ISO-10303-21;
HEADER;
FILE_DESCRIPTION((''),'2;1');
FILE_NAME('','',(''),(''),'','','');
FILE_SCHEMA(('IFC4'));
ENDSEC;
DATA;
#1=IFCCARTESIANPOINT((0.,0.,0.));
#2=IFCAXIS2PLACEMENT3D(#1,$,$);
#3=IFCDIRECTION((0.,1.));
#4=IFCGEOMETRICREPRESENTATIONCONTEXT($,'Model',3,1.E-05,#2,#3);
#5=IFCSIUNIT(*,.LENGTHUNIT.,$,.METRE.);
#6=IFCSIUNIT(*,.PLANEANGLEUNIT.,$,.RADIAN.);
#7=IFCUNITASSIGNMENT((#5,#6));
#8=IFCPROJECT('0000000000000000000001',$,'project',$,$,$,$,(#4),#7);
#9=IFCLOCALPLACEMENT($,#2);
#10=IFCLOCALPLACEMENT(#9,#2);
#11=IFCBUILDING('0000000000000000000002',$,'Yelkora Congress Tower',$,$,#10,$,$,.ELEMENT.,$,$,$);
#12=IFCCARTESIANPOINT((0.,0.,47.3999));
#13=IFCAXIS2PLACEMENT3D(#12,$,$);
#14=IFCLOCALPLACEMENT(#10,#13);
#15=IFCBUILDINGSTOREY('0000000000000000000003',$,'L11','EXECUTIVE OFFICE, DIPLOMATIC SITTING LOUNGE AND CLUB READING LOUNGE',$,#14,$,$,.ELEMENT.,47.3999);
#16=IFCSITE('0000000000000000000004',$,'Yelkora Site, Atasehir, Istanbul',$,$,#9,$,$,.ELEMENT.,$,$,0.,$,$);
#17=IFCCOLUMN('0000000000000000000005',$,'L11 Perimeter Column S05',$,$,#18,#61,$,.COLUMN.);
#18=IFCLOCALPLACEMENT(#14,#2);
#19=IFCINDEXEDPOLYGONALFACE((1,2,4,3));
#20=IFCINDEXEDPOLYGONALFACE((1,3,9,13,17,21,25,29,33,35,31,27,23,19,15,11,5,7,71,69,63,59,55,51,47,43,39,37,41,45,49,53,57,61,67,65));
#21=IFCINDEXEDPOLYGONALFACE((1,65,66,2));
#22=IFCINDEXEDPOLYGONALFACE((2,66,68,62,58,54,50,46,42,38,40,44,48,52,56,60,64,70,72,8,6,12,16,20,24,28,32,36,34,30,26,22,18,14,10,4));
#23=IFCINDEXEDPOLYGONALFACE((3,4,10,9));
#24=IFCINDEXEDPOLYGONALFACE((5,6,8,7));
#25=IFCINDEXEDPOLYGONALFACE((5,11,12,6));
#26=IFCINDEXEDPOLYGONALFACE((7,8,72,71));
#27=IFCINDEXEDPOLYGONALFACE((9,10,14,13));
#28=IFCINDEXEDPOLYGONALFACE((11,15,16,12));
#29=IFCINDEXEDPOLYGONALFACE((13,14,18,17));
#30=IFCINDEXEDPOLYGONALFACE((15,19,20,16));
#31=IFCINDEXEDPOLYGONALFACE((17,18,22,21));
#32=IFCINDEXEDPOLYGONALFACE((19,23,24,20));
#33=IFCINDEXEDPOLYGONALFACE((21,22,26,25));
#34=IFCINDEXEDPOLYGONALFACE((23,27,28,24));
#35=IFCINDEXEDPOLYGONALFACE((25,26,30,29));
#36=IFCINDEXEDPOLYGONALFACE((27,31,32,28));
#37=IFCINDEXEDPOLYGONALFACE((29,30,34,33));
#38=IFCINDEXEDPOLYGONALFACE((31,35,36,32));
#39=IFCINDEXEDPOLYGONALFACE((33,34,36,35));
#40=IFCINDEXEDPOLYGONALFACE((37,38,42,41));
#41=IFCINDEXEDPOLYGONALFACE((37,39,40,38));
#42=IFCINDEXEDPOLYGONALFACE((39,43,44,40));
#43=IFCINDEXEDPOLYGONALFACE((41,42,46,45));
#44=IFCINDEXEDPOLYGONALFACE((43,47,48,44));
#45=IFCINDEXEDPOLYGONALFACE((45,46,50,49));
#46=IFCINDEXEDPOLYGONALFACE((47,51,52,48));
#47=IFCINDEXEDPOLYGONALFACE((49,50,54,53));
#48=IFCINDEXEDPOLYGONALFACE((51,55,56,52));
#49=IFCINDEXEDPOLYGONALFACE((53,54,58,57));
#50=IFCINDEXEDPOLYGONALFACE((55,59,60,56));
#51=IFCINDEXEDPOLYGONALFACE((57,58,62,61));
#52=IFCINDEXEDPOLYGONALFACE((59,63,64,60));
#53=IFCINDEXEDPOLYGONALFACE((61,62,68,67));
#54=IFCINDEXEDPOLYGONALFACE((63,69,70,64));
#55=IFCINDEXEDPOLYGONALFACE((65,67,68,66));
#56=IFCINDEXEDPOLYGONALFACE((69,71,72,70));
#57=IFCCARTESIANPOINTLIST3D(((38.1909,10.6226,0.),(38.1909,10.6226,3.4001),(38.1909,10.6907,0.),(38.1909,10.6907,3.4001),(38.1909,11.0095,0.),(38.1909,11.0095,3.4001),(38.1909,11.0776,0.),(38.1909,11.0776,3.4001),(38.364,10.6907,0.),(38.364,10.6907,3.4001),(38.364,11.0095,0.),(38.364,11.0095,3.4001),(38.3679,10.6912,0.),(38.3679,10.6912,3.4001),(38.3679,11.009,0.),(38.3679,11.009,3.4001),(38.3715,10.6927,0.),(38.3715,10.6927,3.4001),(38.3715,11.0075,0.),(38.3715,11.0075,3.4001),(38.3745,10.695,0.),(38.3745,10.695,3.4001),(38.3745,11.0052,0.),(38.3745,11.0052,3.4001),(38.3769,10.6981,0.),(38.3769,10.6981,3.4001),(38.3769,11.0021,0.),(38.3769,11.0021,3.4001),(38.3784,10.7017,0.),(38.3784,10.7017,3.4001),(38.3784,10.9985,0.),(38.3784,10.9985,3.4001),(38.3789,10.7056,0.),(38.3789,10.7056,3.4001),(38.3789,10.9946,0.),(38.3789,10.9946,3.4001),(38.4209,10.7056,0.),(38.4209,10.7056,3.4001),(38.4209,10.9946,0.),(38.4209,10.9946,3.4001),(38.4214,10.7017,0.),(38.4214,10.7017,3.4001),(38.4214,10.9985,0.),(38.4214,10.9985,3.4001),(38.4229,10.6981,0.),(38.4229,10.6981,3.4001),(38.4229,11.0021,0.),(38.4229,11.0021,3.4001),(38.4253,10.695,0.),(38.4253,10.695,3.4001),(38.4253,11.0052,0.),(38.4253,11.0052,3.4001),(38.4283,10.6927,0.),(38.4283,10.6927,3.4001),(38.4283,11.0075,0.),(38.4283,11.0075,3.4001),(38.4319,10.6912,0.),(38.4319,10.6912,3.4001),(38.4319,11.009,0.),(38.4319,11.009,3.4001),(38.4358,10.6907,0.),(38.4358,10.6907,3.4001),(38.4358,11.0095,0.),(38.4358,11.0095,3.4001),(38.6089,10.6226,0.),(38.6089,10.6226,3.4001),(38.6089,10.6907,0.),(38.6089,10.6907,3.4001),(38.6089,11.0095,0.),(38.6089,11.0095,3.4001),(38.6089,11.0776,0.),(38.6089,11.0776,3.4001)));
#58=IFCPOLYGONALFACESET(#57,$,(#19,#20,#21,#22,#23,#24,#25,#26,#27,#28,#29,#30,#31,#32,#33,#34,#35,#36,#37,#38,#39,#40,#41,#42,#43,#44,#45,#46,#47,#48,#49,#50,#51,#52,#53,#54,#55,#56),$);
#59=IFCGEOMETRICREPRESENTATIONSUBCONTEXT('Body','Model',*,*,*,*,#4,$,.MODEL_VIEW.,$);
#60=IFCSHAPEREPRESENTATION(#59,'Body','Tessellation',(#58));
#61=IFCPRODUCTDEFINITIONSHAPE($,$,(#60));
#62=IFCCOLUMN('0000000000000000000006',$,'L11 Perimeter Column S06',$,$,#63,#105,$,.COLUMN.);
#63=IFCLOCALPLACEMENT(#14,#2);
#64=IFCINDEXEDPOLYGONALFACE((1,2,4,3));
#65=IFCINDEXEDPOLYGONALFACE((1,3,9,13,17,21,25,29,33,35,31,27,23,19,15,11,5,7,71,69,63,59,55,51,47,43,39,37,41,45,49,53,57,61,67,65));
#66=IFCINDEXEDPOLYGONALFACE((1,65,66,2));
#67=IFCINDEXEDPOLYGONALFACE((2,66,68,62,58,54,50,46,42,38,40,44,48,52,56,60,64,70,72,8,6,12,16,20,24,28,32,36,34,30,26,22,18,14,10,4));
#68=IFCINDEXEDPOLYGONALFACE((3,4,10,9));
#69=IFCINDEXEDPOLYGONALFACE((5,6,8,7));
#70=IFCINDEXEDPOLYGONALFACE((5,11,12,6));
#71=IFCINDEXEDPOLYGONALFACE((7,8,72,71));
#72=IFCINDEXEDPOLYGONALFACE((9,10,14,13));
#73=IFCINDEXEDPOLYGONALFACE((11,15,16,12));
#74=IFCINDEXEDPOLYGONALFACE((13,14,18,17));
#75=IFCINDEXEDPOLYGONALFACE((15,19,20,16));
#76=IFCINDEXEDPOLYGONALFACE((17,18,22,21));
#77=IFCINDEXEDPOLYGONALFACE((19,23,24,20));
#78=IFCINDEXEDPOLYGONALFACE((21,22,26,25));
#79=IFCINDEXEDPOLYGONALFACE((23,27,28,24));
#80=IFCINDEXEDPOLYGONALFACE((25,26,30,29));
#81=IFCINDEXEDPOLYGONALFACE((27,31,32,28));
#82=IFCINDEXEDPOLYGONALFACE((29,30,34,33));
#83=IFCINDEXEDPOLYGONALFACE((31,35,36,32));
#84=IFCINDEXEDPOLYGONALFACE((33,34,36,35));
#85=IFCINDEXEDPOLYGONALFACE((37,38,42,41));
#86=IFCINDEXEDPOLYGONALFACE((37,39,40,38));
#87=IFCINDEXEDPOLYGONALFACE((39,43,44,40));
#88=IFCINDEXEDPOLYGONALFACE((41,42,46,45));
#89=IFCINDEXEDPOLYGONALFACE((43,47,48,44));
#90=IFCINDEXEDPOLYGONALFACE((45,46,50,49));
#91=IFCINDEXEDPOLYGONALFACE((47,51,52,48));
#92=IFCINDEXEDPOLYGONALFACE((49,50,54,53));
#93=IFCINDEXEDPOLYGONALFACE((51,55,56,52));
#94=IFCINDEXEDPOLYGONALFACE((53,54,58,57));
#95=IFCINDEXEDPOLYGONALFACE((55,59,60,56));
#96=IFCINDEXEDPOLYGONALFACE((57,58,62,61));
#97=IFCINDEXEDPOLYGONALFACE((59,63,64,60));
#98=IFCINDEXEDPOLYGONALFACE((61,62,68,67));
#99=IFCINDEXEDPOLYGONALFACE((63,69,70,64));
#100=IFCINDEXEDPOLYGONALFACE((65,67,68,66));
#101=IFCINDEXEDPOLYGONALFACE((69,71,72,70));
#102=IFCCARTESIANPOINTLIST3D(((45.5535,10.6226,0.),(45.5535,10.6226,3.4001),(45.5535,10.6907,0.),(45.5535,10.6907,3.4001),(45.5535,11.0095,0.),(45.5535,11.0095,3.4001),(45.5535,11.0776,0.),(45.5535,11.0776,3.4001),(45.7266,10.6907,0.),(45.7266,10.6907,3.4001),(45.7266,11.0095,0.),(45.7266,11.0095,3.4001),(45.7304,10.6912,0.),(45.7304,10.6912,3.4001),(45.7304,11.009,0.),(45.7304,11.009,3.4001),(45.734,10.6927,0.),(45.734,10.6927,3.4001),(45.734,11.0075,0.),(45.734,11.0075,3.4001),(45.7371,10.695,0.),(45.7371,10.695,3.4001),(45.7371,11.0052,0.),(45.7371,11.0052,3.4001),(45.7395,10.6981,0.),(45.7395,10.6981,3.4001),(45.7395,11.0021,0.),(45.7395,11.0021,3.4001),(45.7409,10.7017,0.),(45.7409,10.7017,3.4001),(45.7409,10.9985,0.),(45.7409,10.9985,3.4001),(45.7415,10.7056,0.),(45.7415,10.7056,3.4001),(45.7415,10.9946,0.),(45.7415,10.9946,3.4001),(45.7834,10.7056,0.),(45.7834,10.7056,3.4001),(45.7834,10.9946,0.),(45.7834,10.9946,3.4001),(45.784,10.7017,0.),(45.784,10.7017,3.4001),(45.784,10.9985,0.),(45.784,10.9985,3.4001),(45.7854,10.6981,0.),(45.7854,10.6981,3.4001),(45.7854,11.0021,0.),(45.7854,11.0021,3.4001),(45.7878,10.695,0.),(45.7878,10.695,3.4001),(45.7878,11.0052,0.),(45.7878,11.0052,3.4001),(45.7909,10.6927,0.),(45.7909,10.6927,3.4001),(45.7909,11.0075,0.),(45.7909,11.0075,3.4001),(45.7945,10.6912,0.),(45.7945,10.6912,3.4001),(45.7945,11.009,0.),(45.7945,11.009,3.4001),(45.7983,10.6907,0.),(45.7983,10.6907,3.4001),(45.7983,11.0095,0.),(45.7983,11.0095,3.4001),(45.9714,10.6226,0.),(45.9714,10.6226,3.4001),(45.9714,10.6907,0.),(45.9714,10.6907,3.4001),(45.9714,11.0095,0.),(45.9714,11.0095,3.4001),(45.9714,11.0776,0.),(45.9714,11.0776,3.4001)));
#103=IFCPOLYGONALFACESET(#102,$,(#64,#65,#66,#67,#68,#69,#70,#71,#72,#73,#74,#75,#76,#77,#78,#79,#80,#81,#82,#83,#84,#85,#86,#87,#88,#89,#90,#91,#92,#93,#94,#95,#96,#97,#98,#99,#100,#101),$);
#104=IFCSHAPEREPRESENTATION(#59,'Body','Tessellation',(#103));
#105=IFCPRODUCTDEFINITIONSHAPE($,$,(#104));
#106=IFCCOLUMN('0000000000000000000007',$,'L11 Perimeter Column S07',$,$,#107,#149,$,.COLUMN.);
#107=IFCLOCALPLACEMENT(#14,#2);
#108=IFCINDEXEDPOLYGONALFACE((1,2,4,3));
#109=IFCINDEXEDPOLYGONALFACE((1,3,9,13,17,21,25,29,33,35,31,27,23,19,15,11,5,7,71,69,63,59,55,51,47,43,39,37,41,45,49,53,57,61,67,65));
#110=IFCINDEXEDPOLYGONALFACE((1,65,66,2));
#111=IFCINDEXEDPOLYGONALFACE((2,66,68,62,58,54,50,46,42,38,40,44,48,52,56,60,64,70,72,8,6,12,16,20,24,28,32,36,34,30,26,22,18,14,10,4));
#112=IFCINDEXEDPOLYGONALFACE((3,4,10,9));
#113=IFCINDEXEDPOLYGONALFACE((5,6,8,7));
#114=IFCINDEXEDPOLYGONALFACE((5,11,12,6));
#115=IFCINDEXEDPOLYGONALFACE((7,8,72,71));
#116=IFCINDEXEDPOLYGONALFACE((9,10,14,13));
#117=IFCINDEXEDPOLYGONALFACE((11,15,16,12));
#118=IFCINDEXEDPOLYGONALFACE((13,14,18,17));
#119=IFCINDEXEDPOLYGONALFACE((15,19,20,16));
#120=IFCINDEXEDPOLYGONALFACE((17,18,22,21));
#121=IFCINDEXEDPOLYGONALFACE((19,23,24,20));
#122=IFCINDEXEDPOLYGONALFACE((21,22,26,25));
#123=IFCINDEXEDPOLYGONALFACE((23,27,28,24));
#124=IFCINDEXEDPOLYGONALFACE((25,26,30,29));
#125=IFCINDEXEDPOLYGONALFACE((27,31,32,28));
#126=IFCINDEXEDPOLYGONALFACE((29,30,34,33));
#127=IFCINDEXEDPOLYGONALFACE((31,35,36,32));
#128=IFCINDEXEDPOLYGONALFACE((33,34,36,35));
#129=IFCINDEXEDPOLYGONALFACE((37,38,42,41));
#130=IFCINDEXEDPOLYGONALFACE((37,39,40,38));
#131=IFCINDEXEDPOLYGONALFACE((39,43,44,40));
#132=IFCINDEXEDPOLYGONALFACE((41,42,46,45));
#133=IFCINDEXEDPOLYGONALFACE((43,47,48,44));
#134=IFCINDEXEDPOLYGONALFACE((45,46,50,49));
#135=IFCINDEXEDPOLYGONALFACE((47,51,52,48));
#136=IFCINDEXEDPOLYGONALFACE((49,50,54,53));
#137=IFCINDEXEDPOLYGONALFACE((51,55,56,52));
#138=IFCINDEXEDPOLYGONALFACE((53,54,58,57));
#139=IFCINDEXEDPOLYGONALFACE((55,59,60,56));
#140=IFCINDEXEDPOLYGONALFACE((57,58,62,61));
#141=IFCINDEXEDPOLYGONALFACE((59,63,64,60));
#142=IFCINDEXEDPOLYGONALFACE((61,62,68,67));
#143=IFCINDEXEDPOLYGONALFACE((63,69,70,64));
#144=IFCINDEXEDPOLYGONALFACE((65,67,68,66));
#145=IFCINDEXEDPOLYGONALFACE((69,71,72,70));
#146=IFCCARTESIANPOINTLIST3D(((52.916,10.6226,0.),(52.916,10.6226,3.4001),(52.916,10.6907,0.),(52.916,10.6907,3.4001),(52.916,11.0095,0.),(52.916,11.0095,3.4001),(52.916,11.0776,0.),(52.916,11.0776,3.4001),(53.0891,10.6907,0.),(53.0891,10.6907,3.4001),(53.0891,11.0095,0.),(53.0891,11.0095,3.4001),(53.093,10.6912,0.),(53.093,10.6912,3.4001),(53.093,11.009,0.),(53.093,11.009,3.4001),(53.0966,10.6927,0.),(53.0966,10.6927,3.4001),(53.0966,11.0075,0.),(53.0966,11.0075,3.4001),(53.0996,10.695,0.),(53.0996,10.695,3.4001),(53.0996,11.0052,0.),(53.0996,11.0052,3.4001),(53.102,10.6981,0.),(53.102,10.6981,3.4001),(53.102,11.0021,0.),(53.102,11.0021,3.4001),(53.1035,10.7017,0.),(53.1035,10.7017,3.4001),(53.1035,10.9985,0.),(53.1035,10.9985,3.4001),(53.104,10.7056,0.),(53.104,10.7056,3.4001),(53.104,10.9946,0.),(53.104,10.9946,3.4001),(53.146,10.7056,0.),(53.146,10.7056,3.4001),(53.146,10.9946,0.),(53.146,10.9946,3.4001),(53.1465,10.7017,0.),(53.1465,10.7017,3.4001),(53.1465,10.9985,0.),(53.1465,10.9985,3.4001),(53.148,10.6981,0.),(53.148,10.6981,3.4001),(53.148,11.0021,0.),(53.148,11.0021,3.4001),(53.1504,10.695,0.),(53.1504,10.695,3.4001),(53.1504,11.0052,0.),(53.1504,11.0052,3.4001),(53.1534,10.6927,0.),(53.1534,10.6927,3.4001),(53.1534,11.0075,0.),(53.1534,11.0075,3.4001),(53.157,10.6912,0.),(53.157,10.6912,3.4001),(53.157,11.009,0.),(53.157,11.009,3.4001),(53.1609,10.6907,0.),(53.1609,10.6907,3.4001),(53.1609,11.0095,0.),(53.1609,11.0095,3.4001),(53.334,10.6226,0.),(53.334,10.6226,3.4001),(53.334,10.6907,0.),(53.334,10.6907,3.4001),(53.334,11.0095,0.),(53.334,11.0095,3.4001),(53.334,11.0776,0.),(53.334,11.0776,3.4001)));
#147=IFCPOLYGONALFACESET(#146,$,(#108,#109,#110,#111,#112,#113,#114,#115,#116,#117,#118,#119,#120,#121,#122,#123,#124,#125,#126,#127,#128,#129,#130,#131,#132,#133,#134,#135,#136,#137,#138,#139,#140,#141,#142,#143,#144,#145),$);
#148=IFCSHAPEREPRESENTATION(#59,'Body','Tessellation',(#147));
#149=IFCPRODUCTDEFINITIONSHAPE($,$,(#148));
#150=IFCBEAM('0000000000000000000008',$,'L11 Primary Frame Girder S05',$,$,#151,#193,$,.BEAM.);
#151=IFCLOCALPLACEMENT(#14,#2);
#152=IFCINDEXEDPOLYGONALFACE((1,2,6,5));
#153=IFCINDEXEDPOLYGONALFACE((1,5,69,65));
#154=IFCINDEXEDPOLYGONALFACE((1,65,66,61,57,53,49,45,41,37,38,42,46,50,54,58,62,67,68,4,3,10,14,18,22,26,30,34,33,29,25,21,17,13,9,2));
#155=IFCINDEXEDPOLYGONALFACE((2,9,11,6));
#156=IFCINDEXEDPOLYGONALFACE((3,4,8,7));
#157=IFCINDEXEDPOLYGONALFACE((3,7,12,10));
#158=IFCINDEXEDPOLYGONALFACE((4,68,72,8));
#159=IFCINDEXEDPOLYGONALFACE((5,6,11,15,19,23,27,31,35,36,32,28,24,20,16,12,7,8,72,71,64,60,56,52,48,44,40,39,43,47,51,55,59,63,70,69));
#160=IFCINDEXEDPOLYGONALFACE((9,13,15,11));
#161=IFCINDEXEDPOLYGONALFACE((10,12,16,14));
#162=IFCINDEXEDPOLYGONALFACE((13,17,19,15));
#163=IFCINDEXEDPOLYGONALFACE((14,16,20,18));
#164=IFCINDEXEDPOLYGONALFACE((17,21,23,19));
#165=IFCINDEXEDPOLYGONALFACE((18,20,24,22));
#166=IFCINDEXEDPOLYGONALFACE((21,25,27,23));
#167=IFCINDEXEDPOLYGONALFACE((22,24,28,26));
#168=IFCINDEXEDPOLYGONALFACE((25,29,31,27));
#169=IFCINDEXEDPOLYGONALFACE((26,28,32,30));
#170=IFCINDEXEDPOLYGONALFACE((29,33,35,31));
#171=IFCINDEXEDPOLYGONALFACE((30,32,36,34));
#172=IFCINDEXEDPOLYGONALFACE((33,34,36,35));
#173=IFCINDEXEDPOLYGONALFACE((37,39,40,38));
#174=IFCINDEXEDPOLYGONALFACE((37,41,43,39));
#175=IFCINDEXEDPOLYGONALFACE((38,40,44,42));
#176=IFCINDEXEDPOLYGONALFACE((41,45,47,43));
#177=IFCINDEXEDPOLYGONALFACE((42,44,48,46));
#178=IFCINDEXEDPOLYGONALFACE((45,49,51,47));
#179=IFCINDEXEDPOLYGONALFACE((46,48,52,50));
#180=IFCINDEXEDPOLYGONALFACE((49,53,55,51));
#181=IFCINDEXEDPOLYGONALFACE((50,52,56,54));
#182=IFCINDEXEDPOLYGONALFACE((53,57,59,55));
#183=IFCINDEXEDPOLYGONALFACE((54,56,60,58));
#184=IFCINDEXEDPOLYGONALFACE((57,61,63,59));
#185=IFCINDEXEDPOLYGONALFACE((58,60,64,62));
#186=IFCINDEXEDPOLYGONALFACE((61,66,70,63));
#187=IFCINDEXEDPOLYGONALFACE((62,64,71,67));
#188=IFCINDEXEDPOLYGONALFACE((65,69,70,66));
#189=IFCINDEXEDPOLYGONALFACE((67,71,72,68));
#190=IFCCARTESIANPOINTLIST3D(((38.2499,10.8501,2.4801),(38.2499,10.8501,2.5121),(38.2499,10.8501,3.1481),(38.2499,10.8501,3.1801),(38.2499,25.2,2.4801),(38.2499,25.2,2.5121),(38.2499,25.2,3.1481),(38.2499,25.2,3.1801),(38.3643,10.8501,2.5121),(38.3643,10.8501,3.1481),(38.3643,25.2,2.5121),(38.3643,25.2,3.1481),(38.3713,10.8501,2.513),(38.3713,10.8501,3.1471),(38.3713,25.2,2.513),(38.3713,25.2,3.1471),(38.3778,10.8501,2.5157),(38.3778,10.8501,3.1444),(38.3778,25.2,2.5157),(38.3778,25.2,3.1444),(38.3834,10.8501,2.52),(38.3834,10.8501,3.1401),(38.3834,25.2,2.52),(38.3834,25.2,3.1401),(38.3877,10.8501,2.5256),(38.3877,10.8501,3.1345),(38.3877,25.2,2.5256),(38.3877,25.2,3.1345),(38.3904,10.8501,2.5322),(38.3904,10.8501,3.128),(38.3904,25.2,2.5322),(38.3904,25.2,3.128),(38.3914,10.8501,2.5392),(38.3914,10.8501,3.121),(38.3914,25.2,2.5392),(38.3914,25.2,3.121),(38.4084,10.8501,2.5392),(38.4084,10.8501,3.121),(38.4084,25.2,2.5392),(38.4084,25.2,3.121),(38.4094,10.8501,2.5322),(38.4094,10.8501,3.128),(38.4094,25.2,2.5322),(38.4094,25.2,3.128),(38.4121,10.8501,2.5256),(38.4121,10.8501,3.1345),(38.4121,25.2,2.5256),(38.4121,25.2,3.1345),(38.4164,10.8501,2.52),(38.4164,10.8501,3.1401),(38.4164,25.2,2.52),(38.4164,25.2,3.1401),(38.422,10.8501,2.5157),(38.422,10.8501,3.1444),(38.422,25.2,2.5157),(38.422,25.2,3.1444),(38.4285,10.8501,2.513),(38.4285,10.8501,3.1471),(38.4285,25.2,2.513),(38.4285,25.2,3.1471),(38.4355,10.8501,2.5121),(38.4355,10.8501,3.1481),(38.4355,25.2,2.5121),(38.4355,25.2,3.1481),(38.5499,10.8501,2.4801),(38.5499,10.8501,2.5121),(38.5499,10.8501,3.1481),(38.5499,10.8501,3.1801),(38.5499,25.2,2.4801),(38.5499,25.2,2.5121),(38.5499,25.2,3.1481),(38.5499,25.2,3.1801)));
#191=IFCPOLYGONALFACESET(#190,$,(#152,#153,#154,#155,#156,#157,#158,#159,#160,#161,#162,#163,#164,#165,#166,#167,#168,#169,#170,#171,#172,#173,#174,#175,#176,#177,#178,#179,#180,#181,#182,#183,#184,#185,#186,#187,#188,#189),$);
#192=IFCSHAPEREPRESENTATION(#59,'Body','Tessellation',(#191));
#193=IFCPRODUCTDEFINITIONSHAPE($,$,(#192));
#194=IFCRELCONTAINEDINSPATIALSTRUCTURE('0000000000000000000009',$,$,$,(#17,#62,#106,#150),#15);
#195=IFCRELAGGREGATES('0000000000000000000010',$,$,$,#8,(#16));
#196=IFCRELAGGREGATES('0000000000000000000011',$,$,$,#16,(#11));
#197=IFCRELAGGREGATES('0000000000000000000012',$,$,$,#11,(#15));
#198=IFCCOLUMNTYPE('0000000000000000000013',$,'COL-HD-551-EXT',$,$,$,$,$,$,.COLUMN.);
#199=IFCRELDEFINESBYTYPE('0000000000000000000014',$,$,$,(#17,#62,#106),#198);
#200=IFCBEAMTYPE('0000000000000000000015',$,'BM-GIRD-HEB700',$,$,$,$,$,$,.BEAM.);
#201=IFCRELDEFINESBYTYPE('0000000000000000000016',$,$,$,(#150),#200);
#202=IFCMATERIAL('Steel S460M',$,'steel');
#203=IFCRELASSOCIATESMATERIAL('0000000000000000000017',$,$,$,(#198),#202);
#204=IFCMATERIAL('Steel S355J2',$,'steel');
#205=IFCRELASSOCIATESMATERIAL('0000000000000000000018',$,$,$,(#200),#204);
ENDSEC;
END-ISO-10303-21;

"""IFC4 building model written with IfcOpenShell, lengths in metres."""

from ifc_helpers import new_model, si_unit, direction, frame, origin, origin_2d, place, context, subcontext, project, spatial, i_section, extrude, material, material_profile, profile_set, type_object, element, save


model = new_model("IFC4")

# Units and contexts
model_context = context("Model", 3, precision=1e-05, world=origin(), true_north=direction((0.0, 1.0)))
body_context = subcontext(model_context, "Body", "Model", "MODEL_VIEW")
ifc_project = project(units=[si_unit("LENGTHUNIT", "METRE"), si_unit("PLANEANGLEUNIT", "RADIAN")], contexts=[model_context])

# Site, building, storey
site_placement = place(None, origin())
site = spatial("IfcSite", under=ifc_project, at=site_placement, Name="Yelkora Site, Atasehir, Istanbul", CompositionType="ELEMENT", RefElevation=0.0)
building_placement = place(site_placement, origin())
building = spatial("IfcBuilding", under=site, at=building_placement, Name="Yelkora Congress Tower", CompositionType="ELEMENT")
storey_placement = place(building_placement, frame((0.0, 0.0, 47.3999)))
storey = spatial("IfcBuildingStorey", under=building, at=storey_placement, Name="L11", Description="EXECUTIVE OFFICE, DIPLOMATIC SITTING LOUNGE AND CLUB READING LOUNGE", CompositionType="ELEMENT", Elevation=47.3999)

# Columns
ifc_material_1 = material(Name="Steel S460M", Category="steel")
ifc_material_profile_1 = material_profile(ifc_material_1, i_section(OverallWidth=0.418, OverallDepth=0.4551, WebThickness=0.042, FlangeThickness=0.0681, FilletRadius=0.0149, at=origin_2d()), Name="HD 400x551")
ifc_profile_set_1 = profile_set([ifc_material_profile_1], Name="Steel S460M")
column_type = type_object("IfcColumnType", Name="COL-HD-551-EXT", PredefinedType="COLUMN", material=ifc_profile_set_1)
for number, where, z_axis, x_axis, name in (
    (1, (38.3999, 10.8501, 0.0), (0.0, 0.0, 1.0), (1.0, 0.0, 0.0), "L11 Perimeter Column S05"),
    (2, (45.7625, 10.8501, 0.0), (0.0, 0.0, 1.0), (1.0, 0.0, 0.0), "L11 Perimeter Column S06"),
    (3, (53.125, 10.8501, 0.0), (0.0, 0.0, 1.0), (1.0, 0.0, 0.0), "L11 Perimeter Column S07"),
):
    element("IfcColumn", number, at=place(storey_placement, frame(where, z_axis=z_axis, x_axis=x_axis)), inside=storey, type_object=column_type, Name=name, PredefinedType="COLUMN", context=body_context, shape_type="SweptSolid", body=[
        extrude(i_section(OverallWidth=0.418, OverallDepth=0.4551, WebThickness=0.042, FlangeThickness=0.0681, FilletRadius=0.0149, at=origin_2d()), origin(), (0.0, 0.0, 1.0), 3.4001),
    ])

# Beam
ifc_material_2 = material(Name="Steel S355J2", Category="steel")
ifc_material_profile_2 = material_profile(ifc_material_2, i_section(OverallWidth=0.3, OverallDepth=0.7, WebThickness=0.0171, FlangeThickness=0.032, FilletRadius=0.0271, at=origin_2d()), Name="HEB 700")
ifc_profile_set_2 = profile_set([ifc_material_profile_2], Name="Steel S355J2")
beam_type_1 = type_object("IfcBeamType", Name="BM-GIRD-HEB700", PredefinedType="BEAM", material=ifc_profile_set_2)
beam_1_placement = place(storey_placement, frame((38.3999, 10.8501, 2.8301), z_axis=(0.0, 1.0, 0.0), x_axis=(-1.0, 0.0, 0.0)))
element("IfcBeam", 4, at=beam_1_placement, inside=storey, type_object=beam_type_1, Name="L11 Primary Frame Girder S05", PredefinedType="BEAM", context=body_context, shape_type="SweptSolid", body=[
    extrude(i_section(OverallWidth=0.3, OverallDepth=0.7, WebThickness=0.0171, FlangeThickness=0.032, FilletRadius=0.0271, at=origin_2d()), origin(), (0.0, 0.0, 1.0), 14.3499),
])

save(model, "model.ifc")
